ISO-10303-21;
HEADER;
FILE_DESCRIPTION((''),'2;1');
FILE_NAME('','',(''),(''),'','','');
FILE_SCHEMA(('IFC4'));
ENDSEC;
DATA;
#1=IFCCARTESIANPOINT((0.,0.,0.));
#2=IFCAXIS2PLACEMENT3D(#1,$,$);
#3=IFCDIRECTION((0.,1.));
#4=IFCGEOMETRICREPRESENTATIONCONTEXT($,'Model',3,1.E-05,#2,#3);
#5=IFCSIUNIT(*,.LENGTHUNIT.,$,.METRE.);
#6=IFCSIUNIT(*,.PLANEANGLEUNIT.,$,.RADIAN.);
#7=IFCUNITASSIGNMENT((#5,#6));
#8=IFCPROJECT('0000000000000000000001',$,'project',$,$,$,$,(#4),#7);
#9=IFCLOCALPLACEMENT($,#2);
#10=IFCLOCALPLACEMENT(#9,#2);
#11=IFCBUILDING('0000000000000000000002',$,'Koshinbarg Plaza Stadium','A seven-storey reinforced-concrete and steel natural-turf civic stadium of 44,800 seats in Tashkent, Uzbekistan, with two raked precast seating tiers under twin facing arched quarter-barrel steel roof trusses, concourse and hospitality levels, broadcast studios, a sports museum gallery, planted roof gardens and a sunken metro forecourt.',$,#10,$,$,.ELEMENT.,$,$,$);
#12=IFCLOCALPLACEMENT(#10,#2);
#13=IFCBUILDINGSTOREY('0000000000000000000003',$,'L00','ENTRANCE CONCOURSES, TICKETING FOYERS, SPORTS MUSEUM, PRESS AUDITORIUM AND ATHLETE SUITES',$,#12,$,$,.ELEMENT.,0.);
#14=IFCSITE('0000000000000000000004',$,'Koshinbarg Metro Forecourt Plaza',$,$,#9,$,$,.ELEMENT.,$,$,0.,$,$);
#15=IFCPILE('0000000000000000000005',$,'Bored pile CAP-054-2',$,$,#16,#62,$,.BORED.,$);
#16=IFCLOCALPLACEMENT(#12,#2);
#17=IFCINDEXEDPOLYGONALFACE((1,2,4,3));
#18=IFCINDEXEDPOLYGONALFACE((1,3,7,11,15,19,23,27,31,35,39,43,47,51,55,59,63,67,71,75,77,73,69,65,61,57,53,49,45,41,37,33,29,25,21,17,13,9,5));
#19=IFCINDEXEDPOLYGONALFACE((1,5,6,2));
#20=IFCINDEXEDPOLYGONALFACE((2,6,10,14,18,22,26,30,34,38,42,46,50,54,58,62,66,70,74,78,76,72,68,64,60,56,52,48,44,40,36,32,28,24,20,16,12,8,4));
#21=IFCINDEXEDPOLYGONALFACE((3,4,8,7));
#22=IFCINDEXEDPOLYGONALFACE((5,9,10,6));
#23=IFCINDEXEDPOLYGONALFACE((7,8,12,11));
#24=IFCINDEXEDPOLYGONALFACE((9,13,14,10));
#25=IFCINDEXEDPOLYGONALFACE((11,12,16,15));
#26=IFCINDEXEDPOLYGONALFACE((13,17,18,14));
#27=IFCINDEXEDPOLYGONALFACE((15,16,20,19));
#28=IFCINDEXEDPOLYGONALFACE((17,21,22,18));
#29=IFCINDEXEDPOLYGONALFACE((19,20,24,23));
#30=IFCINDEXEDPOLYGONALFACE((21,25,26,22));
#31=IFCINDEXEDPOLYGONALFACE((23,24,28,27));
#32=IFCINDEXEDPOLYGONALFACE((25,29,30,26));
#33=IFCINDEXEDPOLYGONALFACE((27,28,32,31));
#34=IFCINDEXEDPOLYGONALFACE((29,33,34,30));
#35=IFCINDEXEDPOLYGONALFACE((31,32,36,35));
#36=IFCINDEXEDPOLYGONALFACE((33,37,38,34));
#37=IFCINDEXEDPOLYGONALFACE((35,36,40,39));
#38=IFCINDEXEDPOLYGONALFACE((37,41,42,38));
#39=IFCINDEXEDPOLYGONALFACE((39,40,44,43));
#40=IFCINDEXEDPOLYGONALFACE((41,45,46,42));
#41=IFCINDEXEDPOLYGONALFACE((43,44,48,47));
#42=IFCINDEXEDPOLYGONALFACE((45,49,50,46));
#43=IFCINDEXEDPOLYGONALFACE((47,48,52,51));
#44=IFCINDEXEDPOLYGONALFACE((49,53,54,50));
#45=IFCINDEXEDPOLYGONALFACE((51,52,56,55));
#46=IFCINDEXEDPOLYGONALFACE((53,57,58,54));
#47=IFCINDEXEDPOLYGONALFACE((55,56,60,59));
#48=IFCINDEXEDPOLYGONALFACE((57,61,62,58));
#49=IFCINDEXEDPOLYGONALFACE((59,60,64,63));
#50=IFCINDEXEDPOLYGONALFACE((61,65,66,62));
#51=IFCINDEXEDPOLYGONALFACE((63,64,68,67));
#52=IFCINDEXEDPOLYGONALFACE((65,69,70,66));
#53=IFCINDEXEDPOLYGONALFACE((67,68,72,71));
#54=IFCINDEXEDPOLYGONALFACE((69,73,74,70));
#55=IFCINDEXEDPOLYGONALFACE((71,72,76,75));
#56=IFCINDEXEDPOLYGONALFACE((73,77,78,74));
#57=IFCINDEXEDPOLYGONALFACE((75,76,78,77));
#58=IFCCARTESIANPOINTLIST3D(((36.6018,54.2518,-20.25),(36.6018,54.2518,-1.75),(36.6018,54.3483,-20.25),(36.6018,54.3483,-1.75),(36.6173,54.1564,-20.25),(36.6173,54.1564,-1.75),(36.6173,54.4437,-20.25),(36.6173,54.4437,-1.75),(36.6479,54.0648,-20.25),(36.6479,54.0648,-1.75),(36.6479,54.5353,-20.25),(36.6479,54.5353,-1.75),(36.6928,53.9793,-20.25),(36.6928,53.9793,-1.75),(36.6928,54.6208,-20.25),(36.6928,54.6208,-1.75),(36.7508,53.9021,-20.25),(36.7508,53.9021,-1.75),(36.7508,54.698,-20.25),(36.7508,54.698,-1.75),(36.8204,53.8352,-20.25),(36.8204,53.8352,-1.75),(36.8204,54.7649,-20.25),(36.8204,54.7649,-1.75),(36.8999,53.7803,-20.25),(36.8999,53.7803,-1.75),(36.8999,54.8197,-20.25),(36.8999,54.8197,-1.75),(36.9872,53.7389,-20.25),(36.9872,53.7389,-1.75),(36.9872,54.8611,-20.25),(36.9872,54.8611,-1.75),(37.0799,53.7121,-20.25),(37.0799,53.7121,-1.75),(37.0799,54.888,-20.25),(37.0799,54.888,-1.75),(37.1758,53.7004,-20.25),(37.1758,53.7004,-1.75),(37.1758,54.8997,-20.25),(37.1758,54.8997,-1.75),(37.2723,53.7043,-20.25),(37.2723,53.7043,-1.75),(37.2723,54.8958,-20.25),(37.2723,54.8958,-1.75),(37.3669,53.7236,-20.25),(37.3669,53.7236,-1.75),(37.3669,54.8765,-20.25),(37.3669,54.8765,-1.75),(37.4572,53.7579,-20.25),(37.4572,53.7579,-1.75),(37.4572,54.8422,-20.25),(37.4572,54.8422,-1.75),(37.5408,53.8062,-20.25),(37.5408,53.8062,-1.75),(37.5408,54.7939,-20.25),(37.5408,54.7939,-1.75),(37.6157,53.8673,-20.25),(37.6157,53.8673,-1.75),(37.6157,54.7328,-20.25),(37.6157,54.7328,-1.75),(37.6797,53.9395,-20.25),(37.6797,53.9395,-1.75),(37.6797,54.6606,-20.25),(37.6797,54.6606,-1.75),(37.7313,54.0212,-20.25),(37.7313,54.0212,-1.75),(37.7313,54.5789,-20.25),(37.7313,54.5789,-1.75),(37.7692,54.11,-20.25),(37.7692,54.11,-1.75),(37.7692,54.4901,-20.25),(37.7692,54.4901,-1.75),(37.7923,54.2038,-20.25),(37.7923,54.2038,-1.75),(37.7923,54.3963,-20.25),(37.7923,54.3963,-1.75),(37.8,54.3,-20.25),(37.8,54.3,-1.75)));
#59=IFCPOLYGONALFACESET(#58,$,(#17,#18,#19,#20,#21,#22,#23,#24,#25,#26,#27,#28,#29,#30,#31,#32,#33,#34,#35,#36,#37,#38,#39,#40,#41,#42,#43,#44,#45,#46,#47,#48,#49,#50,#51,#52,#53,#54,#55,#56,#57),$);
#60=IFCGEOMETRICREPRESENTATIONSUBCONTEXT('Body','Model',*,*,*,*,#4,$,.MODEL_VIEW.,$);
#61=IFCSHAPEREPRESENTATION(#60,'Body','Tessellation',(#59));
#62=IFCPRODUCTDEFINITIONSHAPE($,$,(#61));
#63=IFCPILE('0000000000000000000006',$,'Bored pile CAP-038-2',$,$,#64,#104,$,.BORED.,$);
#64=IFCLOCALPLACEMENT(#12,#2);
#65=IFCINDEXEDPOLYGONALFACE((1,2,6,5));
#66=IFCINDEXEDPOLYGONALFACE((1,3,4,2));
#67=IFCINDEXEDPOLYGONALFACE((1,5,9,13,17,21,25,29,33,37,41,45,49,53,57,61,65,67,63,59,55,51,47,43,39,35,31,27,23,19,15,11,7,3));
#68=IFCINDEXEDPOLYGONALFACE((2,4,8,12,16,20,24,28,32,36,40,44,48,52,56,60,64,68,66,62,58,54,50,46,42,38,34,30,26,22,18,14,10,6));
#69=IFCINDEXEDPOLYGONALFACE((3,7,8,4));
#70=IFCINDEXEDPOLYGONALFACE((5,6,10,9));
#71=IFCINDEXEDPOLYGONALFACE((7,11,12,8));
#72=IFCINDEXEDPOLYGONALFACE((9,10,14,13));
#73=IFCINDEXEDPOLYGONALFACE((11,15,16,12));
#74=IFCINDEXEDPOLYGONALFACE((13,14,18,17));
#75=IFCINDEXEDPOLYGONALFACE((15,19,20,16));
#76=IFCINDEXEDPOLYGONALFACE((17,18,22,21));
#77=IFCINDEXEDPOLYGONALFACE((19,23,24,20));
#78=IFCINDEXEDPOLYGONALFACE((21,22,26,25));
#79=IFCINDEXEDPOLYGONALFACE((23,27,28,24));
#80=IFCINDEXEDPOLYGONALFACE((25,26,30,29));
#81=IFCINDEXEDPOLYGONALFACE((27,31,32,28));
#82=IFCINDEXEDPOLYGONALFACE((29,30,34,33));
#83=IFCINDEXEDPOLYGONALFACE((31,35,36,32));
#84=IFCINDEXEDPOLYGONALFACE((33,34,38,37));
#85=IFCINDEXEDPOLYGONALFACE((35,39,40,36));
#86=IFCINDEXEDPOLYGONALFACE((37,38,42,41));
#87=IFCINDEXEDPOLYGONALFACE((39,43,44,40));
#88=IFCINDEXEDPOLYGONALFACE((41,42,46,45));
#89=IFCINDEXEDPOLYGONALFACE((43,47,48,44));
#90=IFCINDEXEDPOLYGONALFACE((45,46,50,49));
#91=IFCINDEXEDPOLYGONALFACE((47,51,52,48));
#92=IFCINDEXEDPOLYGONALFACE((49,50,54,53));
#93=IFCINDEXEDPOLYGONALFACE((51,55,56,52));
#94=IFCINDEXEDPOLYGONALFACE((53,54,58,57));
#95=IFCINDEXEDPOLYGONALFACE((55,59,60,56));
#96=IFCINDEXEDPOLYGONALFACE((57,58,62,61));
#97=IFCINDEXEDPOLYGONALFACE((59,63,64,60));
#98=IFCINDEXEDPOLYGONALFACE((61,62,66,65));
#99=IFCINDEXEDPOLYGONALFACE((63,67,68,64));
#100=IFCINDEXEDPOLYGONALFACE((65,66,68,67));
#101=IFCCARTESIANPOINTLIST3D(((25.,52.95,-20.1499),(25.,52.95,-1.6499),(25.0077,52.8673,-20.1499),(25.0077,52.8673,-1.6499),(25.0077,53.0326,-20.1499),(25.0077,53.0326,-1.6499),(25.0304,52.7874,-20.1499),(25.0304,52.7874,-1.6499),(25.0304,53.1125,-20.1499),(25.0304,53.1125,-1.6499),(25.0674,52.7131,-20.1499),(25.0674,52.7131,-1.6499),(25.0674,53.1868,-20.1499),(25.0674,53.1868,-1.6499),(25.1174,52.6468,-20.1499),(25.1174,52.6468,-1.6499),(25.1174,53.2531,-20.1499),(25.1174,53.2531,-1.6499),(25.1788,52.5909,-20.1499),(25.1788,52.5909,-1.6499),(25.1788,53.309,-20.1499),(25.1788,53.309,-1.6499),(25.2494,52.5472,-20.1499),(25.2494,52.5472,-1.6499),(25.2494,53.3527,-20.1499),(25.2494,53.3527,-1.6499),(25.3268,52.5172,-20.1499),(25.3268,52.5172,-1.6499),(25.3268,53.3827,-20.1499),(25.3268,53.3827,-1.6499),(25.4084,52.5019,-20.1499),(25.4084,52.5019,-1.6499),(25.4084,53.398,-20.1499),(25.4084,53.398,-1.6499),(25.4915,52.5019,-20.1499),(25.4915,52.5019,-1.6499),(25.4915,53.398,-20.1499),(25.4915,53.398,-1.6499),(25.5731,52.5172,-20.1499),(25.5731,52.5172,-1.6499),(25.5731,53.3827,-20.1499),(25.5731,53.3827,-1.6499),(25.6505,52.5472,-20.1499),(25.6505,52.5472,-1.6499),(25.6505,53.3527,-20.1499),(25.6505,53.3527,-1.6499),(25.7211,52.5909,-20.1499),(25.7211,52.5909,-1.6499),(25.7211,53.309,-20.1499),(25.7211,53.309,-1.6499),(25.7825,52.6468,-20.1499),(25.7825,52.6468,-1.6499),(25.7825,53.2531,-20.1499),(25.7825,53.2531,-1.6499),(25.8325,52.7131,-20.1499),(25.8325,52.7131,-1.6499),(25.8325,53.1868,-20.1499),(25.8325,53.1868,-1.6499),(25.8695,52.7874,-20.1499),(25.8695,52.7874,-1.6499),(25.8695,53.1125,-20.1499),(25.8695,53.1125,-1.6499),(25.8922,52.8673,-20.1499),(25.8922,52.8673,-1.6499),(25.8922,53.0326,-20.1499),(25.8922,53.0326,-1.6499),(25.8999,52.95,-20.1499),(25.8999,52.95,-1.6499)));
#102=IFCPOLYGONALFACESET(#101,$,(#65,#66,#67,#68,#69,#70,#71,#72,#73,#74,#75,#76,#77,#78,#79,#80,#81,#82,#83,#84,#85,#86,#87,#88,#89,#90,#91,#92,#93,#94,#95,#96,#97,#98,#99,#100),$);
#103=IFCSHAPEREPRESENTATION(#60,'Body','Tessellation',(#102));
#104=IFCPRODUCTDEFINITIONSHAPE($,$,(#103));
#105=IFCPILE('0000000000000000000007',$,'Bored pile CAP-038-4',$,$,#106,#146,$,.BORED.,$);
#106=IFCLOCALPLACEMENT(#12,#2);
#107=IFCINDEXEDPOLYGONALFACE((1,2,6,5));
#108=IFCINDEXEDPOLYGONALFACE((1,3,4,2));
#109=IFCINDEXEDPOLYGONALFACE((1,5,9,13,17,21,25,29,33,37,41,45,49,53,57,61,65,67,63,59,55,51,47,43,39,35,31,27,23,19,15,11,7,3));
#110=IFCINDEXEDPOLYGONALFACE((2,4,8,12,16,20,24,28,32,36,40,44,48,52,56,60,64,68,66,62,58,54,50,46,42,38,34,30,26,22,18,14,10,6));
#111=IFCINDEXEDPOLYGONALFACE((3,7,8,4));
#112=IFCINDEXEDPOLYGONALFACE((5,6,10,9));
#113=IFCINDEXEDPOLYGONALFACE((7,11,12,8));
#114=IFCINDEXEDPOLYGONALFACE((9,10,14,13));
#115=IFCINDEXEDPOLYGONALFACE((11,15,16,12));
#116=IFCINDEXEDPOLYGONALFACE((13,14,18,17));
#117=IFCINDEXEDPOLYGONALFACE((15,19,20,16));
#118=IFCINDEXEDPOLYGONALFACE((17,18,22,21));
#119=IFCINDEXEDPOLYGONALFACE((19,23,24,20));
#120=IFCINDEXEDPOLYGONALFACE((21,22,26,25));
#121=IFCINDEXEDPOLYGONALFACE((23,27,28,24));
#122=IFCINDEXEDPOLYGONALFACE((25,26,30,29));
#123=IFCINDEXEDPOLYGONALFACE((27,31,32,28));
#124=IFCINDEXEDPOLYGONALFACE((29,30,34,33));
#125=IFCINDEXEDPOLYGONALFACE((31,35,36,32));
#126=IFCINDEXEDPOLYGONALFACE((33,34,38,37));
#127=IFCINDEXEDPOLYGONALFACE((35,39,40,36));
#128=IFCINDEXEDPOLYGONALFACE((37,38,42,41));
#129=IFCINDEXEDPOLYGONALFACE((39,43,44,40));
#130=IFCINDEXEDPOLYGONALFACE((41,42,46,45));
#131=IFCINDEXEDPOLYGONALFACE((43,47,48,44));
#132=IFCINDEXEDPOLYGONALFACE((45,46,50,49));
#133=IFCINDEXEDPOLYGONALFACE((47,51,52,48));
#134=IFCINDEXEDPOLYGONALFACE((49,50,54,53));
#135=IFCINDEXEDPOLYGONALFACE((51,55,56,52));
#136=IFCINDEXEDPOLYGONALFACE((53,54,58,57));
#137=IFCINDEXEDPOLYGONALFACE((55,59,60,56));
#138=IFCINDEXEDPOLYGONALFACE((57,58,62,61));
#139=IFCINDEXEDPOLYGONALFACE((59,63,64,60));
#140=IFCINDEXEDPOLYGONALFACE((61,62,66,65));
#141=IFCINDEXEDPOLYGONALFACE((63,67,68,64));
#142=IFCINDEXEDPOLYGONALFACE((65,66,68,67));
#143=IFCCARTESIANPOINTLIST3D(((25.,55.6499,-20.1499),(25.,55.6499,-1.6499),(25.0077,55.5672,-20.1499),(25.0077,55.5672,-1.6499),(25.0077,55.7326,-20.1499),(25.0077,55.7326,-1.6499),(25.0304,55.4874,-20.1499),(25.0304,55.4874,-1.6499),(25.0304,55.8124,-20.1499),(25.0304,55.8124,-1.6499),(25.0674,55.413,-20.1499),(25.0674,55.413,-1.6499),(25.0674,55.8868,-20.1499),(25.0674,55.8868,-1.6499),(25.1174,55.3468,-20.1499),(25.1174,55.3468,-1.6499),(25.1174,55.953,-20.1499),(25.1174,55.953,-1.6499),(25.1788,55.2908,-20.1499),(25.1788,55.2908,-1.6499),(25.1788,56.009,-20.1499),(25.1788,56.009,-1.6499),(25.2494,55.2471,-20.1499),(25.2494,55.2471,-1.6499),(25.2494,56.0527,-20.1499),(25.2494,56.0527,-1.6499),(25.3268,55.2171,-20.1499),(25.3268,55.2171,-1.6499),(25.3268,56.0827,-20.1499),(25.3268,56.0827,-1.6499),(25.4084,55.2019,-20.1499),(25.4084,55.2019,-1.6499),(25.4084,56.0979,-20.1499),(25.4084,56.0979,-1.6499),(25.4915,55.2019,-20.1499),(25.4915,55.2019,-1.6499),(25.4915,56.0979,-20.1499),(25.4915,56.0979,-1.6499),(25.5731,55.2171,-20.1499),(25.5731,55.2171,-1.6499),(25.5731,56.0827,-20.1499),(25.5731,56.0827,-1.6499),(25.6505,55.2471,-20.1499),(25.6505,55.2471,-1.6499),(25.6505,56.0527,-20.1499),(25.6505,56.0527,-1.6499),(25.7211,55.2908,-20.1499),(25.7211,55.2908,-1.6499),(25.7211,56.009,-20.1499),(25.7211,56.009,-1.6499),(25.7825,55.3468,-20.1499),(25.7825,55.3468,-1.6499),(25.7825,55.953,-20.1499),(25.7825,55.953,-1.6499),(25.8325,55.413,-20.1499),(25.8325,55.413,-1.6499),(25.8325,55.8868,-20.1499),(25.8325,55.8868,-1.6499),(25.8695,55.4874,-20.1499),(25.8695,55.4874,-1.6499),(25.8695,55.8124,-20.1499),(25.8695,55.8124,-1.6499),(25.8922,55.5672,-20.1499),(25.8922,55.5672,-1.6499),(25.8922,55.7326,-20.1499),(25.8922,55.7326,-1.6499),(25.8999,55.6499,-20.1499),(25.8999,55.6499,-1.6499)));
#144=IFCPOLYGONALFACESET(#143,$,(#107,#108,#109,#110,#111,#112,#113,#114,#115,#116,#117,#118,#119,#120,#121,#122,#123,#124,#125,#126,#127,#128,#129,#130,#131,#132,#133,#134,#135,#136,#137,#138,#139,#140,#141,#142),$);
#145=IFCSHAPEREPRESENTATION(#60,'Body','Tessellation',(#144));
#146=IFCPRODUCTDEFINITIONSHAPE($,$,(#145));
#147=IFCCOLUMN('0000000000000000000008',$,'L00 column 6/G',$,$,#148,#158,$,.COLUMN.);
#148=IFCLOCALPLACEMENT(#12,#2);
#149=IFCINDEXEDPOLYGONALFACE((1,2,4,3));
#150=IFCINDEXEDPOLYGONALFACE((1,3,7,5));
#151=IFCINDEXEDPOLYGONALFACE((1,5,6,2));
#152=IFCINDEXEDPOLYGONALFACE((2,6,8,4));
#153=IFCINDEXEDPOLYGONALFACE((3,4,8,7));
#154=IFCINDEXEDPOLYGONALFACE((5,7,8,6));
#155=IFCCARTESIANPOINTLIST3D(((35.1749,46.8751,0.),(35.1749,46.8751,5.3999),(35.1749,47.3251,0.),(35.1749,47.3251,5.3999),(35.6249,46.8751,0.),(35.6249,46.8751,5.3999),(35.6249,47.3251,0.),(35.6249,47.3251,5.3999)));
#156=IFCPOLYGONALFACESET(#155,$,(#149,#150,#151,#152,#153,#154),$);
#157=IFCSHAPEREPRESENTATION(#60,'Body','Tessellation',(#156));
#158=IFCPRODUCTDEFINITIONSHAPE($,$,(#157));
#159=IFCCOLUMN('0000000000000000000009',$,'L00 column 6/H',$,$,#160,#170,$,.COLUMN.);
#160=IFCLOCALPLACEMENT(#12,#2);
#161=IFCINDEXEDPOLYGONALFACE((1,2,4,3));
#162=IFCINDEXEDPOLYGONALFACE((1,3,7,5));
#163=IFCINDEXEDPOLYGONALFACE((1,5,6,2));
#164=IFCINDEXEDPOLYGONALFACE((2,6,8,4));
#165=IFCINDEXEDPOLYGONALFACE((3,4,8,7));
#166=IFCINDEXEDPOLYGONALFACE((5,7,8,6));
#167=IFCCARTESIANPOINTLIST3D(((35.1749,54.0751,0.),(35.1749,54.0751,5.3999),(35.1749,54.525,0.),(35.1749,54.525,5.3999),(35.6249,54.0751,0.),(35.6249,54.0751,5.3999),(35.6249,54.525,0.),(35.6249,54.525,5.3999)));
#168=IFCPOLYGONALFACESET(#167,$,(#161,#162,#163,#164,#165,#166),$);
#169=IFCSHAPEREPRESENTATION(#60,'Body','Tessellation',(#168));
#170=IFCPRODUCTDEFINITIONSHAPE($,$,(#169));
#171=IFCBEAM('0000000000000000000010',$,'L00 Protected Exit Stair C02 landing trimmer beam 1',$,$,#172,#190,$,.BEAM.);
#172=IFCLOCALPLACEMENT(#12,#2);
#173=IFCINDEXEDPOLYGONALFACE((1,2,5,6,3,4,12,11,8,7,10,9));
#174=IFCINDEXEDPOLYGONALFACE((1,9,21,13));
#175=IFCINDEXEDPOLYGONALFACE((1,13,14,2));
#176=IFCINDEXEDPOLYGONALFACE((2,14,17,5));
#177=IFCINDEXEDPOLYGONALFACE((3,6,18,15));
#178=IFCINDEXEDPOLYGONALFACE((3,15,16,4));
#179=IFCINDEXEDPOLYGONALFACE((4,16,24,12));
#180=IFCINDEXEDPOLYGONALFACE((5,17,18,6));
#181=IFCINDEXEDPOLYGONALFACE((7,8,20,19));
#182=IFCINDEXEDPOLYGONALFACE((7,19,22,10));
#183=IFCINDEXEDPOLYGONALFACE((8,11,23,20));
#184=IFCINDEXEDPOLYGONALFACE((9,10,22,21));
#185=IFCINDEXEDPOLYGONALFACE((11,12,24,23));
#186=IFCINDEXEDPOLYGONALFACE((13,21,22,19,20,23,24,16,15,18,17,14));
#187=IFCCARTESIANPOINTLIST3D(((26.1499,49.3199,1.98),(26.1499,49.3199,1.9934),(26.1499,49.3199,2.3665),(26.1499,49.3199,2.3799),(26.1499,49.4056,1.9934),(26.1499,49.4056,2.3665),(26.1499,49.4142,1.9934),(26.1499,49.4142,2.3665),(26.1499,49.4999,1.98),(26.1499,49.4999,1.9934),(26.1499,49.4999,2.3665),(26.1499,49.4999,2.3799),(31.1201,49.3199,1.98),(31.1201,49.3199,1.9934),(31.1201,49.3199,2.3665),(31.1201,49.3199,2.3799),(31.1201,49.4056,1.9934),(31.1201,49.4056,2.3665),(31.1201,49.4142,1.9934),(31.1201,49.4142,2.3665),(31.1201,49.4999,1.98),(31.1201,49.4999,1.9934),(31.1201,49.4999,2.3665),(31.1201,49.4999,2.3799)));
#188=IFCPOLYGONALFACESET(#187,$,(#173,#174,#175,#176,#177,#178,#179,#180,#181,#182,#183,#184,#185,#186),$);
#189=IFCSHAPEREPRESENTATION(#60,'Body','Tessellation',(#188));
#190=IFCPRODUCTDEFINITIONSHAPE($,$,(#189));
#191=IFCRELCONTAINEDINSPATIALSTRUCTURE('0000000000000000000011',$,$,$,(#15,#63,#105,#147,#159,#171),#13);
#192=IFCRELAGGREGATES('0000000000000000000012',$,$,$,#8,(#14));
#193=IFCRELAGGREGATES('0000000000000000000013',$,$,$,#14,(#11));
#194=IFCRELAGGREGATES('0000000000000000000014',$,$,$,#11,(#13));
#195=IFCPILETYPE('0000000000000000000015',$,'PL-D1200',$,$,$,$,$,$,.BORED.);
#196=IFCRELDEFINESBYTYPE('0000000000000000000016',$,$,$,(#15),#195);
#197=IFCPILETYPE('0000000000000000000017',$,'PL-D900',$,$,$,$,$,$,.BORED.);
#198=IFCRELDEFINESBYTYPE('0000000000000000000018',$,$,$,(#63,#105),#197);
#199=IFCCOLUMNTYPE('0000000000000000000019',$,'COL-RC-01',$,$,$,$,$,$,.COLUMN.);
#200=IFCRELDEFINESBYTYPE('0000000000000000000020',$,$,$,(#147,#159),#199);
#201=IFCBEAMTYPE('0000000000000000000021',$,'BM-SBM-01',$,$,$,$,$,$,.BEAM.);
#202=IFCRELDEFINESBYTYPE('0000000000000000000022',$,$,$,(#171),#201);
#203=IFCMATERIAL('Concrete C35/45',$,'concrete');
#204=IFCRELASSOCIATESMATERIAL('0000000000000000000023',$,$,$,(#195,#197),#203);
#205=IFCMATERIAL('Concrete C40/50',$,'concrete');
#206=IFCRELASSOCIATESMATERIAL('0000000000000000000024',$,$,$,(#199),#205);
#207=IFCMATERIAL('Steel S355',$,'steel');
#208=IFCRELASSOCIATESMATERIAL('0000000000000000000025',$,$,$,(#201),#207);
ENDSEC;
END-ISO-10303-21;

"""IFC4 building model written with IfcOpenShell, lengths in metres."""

from ifc_helpers import new_model, si_unit, direction, frame, origin, origin_2d, place, context, subcontext, project, spatial, rectangle, circle, i_section, extrude, material, material_profile, profile_set, type_object, element, save


model = new_model("IFC4")

# Units and contexts
model_context = context("Model", 3, precision=1e-05, world=origin(), true_north=direction((0.0, 1.0)))
body_context = subcontext(model_context, "Body", "Model", "MODEL_VIEW")
ifc_project = project(units=[si_unit("LENGTHUNIT", "METRE"), si_unit("PLANEANGLEUNIT", "RADIAN")], contexts=[model_context])

# Site, building, storey
site_placement = place(None, origin())
site = spatial("IfcSite", under=ifc_project, at=site_placement, Name="Koshinbarg Metro Forecourt Plaza", CompositionType="ELEMENT", RefElevation=0.0)
building_placement = place(site_placement, origin())
building = spatial("IfcBuilding", under=site, at=building_placement, Name="Koshinbarg Plaza Stadium", Description="A seven-storey reinforced-concrete and steel natural-turf civic stadium of 44,800 seats in Tashkent, Uzbekistan, with two raked precast seating tiers under twin facing arched quarter-barrel steel roof trusses, concourse and hospitality levels, broadcast studios, a sports museum gallery, planted roof gardens and a sunken metro forecourt.", CompositionType="ELEMENT")
storey_placement = place(building_placement, origin())
storey = spatial("IfcBuildingStorey", under=building, at=storey_placement, Name="L00", Description="ENTRANCE CONCOURSES, TICKETING FOYERS, SPORTS MUSEUM, PRESS AUDITORIUM AND ATHLETE SUITES", CompositionType="ELEMENT", Elevation=0.0)

# Shared definitions
ifc_material_1 = material(Name="Concrete C35/45", Category="concrete")

# Piles
ifc_material_profile_1 = material_profile(ifc_material_1, circle(Radius=0.6001, at=origin_2d()), Name="PILE D1200")
ifc_profile_set_1 = profile_set([ifc_material_profile_1], Name="Concrete C35/45")
pile_type_1 = type_object("IfcPileType", Name="PL-D1200", PredefinedType="BORED", material=ifc_profile_set_1)
for number, where, z_axis, x_axis, name in (
    (1, (37.2, 54.3, -1.75), (0.0, 0.0, -1.0), (1.0, 0.0, 0.0), "Bored pile CAP-054-2"),
):
    element("IfcPile", number, at=place(storey_placement, frame(where, z_axis=z_axis, x_axis=x_axis)), inside=storey, type_object=pile_type_1, Name=name, PredefinedType="BORED", context=body_context, shape_type="SweptSolid", body=[
        extrude(circle(Radius=0.6001, at=origin_2d()), origin(), (0.0, 0.0, 1.0), 18.5),
    ])
ifc_material_profile_2 = material_profile(ifc_material_1, circle(Radius=0.45, at=origin_2d()), Name="PILE D900")
ifc_profile_set_2 = profile_set([ifc_material_profile_2], Name="Concrete C35/45")
pile_type_2 = type_object("IfcPileType", Name="PL-D900", PredefinedType="BORED", material=ifc_profile_set_2)
for number, where, z_axis, x_axis, name in (
    (2, (25.45, 52.95, -1.6499), (0.0, 0.0, -1.0), (1.0, 0.0, 0.0), "Bored pile CAP-038-2"),
    (3, (25.45, 55.6499, -1.6499), (0.0, 0.0, -1.0), (1.0, 0.0, 0.0), "Bored pile CAP-038-4"),
):
    element("IfcPile", number, at=place(storey_placement, frame(where, z_axis=z_axis, x_axis=x_axis)), inside=storey, type_object=pile_type_2, Name=name, PredefinedType="BORED", context=body_context, shape_type="SweptSolid", body=[
        extrude(circle(Radius=0.45, at=origin_2d()), origin(), (0.0, 0.0, 1.0), 18.5),
    ])

# Columns
ifc_material_2 = material(Name="Concrete C40/50", Category="concrete")
ifc_material_profile_3 = material_profile(ifc_material_2, rectangle(XDim=0.45, YDim=0.45, at=origin_2d()), Name="RC 450x450")
ifc_profile_set_3 = profile_set([ifc_material_profile_3], Name="Concrete C40/50")
column_type = type_object("IfcColumnType", Name="COL-RC-01", PredefinedType="COLUMN", material=ifc_profile_set_3)
for number, where, z_axis, x_axis, name in (
    (4, (35.3999, 47.1001, 0.0), (0.0, 0.0, 1.0), (1.0, 0.0, 0.0), "L00 column 6/G"),
    (5, (35.3999, 54.3, 0.0), (0.0, 0.0, 1.0), (1.0, 0.0, 0.0), "L00 column 6/H"),
):
    element("IfcColumn", number, at=place(storey_placement, frame(where, z_axis=z_axis, x_axis=x_axis)), inside=storey, type_object=column_type, Name=name, PredefinedType="COLUMN", context=body_context, shape_type="SweptSolid", body=[
        extrude(rectangle(XDim=0.45, YDim=0.45, at=origin_2d()), origin(), (0.0, 0.0, 1.0), 5.3999),
    ])

# Beam
ifc_material_3 = material(Name="Steel S355", Category="steel")
ifc_material_profile_4 = material_profile(ifc_material_3, i_section(OverallWidth=0.1799, OverallDepth=0.3999, WebThickness=0.0085, FlangeThickness=0.0134, at=origin_2d()), Name="IPE 400")
ifc_profile_set_4 = profile_set([ifc_material_profile_4], Name="Steel S355")
beam_type = type_object("IfcBeamType", Name="BM-SBM-01", PredefinedType="BEAM", material=ifc_profile_set_4)
for number, where, z_axis, x_axis, name in (
    (6, (26.1499, 49.4099, 2.1799), (1.0, 0.0, 0.0), (0.0, 1.0, 0.0), "L00 Protected Exit Stair C02 landing trimmer beam 1"),
):
    element("IfcBeam", number, at=place(storey_placement, frame(where, z_axis=z_axis, x_axis=x_axis)), inside=storey, type_object=beam_type, Name=name, PredefinedType="BEAM", context=body_context, shape_type="SweptSolid", body=[
        extrude(i_section(OverallWidth=0.1799, OverallDepth=0.3999, WebThickness=0.0085, FlangeThickness=0.0134, at=origin_2d()), origin(), (0.0, 0.0, 1.0), 4.9702),
    ])

save(model, "model.ifc")
